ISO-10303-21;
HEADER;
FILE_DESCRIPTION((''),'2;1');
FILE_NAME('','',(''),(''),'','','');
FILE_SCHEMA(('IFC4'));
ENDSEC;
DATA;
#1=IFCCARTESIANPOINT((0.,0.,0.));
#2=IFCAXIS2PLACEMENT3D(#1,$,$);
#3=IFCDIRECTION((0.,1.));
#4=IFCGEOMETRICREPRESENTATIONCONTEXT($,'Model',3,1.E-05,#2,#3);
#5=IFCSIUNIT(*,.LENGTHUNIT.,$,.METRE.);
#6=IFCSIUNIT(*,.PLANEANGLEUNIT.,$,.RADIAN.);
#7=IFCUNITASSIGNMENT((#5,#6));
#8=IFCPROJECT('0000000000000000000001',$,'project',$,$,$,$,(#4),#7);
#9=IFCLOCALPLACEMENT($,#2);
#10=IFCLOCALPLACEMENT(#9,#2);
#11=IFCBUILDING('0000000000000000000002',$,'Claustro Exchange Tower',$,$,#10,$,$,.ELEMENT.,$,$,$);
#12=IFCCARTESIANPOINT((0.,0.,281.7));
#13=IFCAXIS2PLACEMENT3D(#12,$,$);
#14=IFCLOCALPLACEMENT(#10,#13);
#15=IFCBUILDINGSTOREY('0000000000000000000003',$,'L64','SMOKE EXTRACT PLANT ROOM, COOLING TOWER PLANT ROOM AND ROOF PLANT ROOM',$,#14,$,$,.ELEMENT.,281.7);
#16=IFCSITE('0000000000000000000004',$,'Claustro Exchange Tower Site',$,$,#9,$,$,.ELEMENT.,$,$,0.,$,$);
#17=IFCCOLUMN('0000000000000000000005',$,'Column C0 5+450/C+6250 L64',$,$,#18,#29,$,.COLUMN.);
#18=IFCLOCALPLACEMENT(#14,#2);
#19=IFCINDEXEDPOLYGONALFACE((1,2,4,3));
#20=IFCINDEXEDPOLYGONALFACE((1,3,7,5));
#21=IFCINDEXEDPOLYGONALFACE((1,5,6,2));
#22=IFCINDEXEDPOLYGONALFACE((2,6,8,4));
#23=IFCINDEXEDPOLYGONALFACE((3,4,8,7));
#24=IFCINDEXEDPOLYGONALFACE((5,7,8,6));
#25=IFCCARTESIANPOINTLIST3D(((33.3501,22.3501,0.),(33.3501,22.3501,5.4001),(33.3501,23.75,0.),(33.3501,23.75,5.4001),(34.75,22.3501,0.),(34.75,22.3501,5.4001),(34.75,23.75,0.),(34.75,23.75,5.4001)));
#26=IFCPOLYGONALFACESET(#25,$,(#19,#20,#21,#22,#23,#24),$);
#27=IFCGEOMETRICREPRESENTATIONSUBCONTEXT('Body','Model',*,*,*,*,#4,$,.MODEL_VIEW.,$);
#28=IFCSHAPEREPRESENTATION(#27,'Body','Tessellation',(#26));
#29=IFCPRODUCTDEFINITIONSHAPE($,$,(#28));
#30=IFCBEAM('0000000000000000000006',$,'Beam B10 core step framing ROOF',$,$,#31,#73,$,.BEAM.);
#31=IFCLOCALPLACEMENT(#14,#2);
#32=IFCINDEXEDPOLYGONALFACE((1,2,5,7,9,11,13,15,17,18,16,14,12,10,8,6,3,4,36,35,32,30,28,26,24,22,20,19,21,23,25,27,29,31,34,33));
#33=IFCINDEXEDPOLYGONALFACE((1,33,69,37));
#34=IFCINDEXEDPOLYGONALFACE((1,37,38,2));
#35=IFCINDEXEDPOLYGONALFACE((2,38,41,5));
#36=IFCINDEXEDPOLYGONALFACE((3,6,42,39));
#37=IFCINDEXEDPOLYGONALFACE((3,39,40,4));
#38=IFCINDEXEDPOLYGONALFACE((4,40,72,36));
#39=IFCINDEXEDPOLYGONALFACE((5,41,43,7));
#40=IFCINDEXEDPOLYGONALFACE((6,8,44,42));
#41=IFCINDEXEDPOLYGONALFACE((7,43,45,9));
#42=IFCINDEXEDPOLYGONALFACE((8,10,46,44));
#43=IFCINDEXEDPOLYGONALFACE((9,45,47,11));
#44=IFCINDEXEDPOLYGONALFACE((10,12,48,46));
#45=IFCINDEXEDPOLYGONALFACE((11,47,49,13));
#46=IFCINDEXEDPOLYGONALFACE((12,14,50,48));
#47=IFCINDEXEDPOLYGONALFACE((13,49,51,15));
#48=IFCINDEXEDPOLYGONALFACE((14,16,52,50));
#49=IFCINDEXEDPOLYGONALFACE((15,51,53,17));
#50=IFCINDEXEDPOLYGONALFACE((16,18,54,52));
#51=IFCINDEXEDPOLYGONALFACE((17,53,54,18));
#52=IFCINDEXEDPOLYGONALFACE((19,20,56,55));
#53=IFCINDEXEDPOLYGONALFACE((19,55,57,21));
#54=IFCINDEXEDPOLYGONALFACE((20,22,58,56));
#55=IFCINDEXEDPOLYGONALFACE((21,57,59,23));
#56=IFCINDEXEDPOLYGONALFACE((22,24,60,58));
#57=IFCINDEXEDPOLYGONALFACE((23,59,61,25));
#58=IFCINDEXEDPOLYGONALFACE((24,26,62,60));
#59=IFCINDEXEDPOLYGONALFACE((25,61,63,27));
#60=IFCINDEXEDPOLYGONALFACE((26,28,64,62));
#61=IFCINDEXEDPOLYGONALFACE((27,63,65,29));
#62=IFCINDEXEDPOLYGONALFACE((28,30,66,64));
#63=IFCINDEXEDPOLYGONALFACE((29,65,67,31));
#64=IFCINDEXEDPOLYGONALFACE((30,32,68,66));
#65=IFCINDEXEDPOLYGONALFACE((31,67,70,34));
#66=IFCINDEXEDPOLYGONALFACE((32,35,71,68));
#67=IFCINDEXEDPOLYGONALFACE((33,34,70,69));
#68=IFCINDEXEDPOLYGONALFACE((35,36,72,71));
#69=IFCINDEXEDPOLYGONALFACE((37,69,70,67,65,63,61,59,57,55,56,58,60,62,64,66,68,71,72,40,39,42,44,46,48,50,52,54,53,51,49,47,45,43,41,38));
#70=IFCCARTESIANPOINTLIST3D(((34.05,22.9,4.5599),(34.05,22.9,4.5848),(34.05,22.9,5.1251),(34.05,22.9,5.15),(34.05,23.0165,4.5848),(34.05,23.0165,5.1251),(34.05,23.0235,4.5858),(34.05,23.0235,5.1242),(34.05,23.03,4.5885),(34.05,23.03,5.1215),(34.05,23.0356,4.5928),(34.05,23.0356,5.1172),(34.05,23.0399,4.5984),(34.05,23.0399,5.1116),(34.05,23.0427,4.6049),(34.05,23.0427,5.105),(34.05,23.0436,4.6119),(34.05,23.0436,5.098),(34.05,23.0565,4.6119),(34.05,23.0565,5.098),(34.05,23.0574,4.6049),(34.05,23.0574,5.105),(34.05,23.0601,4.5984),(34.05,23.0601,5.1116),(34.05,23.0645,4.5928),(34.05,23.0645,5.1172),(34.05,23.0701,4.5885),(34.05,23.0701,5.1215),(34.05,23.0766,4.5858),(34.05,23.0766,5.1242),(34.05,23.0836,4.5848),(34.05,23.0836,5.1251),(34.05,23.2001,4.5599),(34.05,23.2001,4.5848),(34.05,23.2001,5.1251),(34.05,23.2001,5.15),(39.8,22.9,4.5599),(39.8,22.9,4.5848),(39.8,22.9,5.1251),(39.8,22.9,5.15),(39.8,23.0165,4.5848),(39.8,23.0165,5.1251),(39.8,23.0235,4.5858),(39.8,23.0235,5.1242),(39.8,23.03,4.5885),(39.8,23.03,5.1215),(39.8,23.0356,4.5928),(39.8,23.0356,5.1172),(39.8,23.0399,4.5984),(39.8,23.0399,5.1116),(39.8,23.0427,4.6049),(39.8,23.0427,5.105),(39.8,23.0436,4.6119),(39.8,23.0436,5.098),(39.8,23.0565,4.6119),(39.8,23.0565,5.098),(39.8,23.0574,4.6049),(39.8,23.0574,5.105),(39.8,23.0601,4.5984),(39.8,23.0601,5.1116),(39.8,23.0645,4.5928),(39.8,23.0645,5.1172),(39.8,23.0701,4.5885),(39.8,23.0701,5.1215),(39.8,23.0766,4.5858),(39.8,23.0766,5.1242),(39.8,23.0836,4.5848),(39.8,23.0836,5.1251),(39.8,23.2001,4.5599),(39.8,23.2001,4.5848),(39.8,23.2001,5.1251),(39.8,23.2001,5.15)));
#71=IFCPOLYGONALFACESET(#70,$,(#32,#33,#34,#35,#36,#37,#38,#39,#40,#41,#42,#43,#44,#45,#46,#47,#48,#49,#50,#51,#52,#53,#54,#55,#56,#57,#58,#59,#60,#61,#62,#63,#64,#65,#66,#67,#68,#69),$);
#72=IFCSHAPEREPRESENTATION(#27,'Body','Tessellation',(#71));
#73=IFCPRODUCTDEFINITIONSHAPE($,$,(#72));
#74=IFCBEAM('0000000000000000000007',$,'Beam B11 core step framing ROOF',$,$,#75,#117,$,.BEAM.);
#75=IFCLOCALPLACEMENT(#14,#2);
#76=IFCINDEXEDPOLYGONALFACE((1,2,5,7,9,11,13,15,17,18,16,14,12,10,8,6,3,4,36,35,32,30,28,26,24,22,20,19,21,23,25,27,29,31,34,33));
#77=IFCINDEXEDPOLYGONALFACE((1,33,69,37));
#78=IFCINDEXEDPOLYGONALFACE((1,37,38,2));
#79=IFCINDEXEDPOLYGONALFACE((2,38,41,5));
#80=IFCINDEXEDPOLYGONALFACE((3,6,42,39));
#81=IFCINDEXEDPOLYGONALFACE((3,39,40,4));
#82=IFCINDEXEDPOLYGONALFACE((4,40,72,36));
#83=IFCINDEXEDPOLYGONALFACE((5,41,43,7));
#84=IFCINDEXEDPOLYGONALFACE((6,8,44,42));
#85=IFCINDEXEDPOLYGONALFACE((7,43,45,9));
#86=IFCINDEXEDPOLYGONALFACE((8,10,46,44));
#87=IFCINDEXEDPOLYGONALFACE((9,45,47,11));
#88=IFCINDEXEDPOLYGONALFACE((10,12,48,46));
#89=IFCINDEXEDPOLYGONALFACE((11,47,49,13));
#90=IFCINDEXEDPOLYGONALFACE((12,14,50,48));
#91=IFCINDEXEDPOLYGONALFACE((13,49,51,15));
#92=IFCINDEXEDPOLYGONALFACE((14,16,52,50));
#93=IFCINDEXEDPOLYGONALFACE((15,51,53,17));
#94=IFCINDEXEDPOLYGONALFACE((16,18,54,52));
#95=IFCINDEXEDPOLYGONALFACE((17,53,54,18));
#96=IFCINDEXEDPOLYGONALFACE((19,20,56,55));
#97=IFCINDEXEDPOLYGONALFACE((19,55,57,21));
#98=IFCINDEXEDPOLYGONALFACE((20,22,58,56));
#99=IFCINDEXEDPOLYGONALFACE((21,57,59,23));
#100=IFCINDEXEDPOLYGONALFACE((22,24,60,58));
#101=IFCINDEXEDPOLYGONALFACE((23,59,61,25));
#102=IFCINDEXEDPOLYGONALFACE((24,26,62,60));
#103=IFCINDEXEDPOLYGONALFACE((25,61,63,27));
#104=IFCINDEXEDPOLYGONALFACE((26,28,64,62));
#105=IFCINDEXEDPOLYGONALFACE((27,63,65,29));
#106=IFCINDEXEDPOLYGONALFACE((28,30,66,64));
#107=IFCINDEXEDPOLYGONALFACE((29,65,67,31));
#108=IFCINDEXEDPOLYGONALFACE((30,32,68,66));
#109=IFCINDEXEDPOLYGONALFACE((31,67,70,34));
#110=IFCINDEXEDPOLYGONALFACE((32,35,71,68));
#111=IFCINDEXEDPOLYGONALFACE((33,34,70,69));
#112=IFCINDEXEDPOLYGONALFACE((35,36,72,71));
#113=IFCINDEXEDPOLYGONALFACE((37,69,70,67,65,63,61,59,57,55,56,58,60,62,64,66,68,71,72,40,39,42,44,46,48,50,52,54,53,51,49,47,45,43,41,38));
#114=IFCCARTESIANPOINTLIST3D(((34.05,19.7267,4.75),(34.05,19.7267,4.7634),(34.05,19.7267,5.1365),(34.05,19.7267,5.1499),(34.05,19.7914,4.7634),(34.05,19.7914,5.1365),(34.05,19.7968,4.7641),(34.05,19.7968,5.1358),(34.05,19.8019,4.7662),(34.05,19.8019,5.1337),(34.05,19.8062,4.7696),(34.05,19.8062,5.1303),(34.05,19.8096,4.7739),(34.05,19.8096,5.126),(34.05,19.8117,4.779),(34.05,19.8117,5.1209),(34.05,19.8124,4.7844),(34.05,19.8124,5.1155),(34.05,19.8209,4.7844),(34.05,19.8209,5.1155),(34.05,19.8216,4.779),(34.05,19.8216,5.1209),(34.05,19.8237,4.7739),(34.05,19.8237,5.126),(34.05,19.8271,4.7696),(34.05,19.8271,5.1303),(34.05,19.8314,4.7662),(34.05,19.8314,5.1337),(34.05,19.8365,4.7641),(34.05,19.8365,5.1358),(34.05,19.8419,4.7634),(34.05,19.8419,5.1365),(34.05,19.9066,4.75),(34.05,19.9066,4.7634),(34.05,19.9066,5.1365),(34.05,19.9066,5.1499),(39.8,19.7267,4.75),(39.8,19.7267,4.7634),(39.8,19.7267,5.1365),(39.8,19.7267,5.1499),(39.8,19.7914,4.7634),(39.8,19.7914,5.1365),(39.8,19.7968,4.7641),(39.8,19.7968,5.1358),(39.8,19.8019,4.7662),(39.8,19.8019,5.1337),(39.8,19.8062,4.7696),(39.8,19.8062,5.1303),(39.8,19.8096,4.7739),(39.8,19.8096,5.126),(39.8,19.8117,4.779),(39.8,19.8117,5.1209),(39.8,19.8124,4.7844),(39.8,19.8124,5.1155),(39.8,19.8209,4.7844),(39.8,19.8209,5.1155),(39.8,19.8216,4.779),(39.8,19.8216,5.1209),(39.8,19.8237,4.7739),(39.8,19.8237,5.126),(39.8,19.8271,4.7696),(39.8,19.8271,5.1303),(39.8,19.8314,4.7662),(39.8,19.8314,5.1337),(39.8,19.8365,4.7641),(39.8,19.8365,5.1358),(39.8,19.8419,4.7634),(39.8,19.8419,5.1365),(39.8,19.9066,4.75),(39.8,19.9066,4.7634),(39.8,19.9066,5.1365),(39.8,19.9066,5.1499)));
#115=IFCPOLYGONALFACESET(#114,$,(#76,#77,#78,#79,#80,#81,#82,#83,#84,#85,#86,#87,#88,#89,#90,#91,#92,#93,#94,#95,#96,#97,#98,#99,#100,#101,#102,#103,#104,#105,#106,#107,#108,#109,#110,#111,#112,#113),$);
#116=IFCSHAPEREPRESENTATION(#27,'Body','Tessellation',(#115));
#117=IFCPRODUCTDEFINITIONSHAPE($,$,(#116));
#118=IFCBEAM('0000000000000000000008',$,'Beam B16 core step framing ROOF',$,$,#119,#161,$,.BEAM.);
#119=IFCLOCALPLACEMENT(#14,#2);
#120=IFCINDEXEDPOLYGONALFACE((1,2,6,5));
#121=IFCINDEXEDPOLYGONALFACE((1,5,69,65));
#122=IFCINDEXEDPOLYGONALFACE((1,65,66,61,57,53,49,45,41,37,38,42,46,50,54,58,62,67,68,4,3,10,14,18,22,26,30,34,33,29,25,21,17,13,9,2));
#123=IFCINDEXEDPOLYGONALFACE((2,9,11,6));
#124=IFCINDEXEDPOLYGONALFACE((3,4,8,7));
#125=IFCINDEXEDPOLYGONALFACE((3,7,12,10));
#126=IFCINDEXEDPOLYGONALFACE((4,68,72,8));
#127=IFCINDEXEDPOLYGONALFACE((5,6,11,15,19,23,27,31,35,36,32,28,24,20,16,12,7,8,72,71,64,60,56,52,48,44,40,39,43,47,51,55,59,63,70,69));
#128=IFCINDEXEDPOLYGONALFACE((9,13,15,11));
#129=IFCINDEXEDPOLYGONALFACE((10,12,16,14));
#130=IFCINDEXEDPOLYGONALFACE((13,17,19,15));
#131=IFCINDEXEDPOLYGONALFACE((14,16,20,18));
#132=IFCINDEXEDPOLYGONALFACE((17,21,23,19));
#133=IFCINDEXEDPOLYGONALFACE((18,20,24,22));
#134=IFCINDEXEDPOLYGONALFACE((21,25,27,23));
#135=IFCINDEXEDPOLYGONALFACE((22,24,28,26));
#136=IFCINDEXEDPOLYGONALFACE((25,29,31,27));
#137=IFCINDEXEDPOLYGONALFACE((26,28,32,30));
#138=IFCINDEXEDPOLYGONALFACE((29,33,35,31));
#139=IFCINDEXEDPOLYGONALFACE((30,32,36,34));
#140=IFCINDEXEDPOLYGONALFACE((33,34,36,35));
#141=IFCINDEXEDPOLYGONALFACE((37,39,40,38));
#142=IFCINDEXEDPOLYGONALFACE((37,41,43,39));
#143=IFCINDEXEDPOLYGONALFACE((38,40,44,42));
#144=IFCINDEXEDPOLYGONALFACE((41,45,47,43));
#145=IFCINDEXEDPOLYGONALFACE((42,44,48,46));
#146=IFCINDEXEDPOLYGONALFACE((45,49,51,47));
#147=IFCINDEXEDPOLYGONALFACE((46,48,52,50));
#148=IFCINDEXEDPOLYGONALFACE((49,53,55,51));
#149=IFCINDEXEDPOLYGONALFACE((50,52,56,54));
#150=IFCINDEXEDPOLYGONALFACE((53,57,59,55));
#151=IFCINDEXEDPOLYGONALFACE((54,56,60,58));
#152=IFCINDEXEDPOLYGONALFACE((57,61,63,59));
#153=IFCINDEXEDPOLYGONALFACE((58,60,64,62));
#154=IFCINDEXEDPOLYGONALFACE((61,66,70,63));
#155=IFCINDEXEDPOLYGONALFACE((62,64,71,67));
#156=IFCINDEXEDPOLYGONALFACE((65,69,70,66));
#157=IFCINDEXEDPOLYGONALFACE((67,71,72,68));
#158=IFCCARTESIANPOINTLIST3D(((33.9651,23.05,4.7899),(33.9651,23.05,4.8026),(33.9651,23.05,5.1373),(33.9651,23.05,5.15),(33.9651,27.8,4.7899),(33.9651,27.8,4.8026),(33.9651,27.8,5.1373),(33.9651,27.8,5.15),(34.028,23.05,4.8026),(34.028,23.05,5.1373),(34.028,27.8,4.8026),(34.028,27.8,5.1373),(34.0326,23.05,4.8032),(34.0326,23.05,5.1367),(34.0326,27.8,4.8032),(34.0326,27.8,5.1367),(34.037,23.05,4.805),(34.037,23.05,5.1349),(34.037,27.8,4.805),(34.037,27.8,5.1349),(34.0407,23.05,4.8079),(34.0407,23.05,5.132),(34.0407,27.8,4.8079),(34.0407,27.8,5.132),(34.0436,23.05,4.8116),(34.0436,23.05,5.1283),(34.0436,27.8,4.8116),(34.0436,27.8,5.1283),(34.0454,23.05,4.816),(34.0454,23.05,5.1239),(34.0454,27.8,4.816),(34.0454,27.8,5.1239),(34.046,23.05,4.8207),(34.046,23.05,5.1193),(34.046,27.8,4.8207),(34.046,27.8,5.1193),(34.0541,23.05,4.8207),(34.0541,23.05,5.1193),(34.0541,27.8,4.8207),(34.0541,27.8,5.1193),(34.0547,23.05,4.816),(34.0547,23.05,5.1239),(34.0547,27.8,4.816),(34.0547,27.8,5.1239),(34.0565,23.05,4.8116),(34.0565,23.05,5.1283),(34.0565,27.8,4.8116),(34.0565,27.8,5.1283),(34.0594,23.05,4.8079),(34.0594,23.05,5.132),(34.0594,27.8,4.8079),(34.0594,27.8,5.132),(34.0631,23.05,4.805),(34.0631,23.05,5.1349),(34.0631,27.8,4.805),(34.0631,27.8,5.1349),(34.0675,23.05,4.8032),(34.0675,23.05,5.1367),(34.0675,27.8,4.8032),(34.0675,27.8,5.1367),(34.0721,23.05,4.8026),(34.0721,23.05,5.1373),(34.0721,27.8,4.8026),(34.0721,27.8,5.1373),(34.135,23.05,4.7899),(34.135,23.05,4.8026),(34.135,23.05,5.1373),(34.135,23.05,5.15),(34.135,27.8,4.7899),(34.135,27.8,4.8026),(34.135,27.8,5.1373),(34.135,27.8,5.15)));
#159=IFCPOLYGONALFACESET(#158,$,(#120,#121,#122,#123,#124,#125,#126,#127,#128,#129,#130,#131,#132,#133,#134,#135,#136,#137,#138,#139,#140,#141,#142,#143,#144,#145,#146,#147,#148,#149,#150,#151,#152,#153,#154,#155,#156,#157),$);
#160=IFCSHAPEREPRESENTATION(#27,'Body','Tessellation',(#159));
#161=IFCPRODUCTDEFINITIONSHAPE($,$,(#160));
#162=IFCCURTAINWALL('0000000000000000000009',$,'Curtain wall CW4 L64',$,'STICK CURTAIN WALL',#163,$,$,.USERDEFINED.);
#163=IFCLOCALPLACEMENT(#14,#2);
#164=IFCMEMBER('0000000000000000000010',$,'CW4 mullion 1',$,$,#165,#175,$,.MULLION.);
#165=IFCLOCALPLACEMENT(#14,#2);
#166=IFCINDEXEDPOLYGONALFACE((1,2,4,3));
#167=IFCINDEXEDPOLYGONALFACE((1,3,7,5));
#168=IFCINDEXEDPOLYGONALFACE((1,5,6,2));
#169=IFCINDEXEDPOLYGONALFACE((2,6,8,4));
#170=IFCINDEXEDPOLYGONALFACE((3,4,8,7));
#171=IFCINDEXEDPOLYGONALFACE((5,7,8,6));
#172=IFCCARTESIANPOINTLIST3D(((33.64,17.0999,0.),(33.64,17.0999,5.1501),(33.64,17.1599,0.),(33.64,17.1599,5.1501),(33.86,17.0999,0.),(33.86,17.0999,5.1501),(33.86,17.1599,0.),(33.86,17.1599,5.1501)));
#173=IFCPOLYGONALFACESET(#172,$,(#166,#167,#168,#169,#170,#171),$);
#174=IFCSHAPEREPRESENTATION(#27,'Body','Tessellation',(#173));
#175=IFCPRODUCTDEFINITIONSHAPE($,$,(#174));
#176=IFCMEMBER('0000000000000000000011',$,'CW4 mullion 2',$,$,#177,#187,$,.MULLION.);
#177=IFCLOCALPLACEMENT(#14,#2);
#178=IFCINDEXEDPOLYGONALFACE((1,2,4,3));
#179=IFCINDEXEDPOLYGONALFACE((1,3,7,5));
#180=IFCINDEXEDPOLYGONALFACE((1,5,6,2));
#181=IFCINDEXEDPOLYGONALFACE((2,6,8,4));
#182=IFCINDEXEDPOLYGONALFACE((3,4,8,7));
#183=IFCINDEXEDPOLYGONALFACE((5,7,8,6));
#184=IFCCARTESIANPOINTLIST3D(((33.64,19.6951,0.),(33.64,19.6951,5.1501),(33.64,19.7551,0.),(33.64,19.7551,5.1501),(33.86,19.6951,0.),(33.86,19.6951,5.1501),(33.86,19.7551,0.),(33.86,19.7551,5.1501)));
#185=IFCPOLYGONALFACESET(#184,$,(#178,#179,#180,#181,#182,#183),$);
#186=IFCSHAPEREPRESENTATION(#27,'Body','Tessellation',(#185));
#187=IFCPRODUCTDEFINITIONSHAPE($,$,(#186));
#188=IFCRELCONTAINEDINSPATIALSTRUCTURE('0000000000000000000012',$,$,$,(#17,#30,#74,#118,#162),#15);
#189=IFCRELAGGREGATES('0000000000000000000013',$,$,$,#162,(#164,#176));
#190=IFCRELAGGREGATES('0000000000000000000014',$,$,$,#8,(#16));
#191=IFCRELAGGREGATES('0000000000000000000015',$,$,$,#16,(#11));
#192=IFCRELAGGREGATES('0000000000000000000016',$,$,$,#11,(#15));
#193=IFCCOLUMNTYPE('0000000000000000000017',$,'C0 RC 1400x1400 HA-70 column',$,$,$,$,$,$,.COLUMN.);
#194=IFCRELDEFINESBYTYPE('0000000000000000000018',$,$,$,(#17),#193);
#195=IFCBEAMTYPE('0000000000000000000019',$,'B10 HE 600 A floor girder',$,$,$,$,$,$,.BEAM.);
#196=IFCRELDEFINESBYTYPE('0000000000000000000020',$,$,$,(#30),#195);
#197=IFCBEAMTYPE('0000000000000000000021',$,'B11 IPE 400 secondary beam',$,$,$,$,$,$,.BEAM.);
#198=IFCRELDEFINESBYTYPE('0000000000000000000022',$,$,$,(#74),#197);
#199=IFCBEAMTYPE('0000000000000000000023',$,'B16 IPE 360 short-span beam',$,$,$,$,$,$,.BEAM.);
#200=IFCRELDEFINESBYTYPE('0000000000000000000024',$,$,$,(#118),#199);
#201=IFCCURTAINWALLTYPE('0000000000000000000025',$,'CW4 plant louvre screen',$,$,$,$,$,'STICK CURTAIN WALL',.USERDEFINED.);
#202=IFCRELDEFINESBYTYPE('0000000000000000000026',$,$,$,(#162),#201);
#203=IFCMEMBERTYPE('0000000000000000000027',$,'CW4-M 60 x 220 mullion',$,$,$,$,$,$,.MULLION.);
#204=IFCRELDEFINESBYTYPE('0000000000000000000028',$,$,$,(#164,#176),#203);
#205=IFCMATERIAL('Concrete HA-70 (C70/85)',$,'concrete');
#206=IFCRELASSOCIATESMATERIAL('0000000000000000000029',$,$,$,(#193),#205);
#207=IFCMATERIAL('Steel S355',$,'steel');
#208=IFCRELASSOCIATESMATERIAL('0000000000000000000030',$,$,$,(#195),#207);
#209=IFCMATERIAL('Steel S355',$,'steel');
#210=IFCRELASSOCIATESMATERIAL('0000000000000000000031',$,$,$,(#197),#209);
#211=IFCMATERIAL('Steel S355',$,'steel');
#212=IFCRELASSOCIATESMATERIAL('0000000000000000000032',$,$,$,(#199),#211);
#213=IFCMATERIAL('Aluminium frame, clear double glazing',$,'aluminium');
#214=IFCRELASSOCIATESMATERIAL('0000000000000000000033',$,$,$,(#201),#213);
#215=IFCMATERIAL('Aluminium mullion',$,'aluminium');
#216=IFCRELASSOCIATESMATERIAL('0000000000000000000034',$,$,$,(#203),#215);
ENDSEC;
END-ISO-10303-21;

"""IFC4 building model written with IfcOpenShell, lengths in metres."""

from ifc_helpers import new_model, si_unit, direction, frame, origin, origin_2d, place, context, subcontext, project, spatial, rectangle, i_section, extrude, material, material_profile, profile_set, type_object, element, aggregate, save


model = new_model("IFC4")

# Units and contexts
model_context = context("Model", 3, precision=1e-05, world=origin(), true_north=direction((0.0, 1.0)))
body_context = subcontext(model_context, "Body", "Model", "MODEL_VIEW")
ifc_project = project(units=[si_unit("LENGTHUNIT", "METRE"), si_unit("PLANEANGLEUNIT", "RADIAN")], contexts=[model_context])

# Site, building, storey
site_placement = place(None, origin())
site = spatial("IfcSite", under=ifc_project, at=site_placement, Name="Claustro Exchange Tower Site", CompositionType="ELEMENT", RefElevation=0.0)
building_placement = place(site_placement, origin())
building = spatial("IfcBuilding", under=site, at=building_placement, Name="Claustro Exchange Tower", CompositionType="ELEMENT")
storey_placement = place(building_placement, frame((0.0, 0.0, 281.7)))
storey = spatial("IfcBuildingStorey", under=building, at=storey_placement, Name="L64", Description="SMOKE EXTRACT PLANT ROOM, COOLING TOWER PLANT ROOM AND ROOF PLANT ROOM", CompositionType="ELEMENT", Elevation=281.7)

# Column
ifc_material_1 = material(Name="Concrete HA-70 (C70/85)", Category="concrete")
ifc_material_profile_1 = material_profile(ifc_material_1, rectangle(XDim=1.3999, YDim=1.3999, at=origin_2d()), Name="RC 1400x1400")
ifc_profile_set_1 = profile_set([ifc_material_profile_1], Name="Concrete HA-70 (C70/85)")
column_type = type_object("IfcColumnType", Name="C0 RC 1400x1400 HA-70 column", PredefinedType="COLUMN", material=ifc_profile_set_1)
column_placement = place(storey_placement, frame((34.05, 23.05, 0.0), z_axis=(0.0, 0.0, 1.0), x_axis=(1.0, 0.0, 0.0)))
element("IfcColumn", 1, at=column_placement, inside=storey, type_object=column_type, Name="Column C0 5+450/C+6250 L64", PredefinedType="COLUMN", context=body_context, shape_type="SweptSolid", body=[
    extrude(rectangle(XDim=1.3999, YDim=1.3999, at=origin_2d()), origin(), (0.0, 0.0, 1.0), 5.4001),
])

# Beams
ifc_material_2 = material(Name="Steel S355", Category="steel")
ifc_material_profile_2 = material_profile(ifc_material_2, i_section(OverallWidth=0.3, OverallDepth=0.5901, WebThickness=0.0129, FlangeThickness=0.0249, FilletRadius=0.0271, at=origin_2d()), Name="HE 600 A")
ifc_profile_set_2 = profile_set([ifc_material_profile_2], Name="Steel S355")
beam_type_1 = type_object("IfcBeamType", Name="B10 HE 600 A floor girder", PredefinedType="BEAM", material=ifc_profile_set_2)
beam_1_placement = place(storey_placement, frame((34.05, 23.05, 4.855), z_axis=(1.0, 0.0, 0.0), x_axis=(0.0, 1.0, 0.0)))
element("IfcBeam", 2, at=beam_1_placement, inside=storey, type_object=beam_type_1, Name="Beam B10 core step framing ROOF", PredefinedType="BEAM", context=body_context, shape_type="SweptSolid", body=[
    extrude(i_section(OverallWidth=0.3, OverallDepth=0.5901, WebThickness=0.0129, FlangeThickness=0.0249, FilletRadius=0.0271, at=origin_2d()), origin(), (0.0, 0.0, 1.0), 5.75),
])
ifc_material_3 = material(Name="Steel S355", Category="steel")
ifc_material_profile_3 = material_profile(ifc_material_3, i_section(OverallWidth=0.1799, OverallDepth=0.3999, WebThickness=0.0085, FlangeThickness=0.0134, FilletRadius=0.021, at=origin_2d()), Name="IPE 400")
ifc_profile_set_3 = profile_set([ifc_material_profile_3], Name="Steel S355")
beam_type_2 = type_object("IfcBeamType", Name="B11 IPE 400 secondary beam", PredefinedType="BEAM", material=ifc_profile_set_3)
beam_2_placement = place(storey_placement, frame((34.05, 19.8167, 4.95), z_axis=(1.0, 0.0, 0.0), x_axis=(0.0, 1.0, 0.0)))
element("IfcBeam", 3, at=beam_2_placement, inside=storey, type_object=beam_type_2, Name="Beam B11 core step framing ROOF", PredefinedType="BEAM", context=body_context, shape_type="SweptSolid", body=[
    extrude(i_section(OverallWidth=0.1799, OverallDepth=0.3999, WebThickness=0.0085, FlangeThickness=0.0134, FilletRadius=0.021, at=origin_2d()), origin(), (0.0, 0.0, 1.0), 5.75),
])
ifc_material_4 = material(Name="Steel S355", Category="steel")
ifc_material_profile_4 = material_profile(ifc_material_4, i_section(OverallWidth=0.1699, OverallDepth=0.3601, WebThickness=0.0081, FlangeThickness=0.0127, FilletRadius=0.0181, at=origin_2d()), Name="IPE 360")
ifc_profile_set_4 = profile_set([ifc_material_profile_4], Name="Steel S355")
beam_type_3 = type_object("IfcBeamType", Name="B16 IPE 360 short-span beam", PredefinedType="BEAM", material=ifc_profile_set_4)
beam_3_placement = place(storey_placement, frame((34.05, 23.05, 4.97), z_axis=(0.0, 1.0, 0.0), x_axis=(-1.0, 0.0, 0.0)))
element("IfcBeam", 4, at=beam_3_placement, inside=storey, type_object=beam_type_3, Name="Beam B16 core step framing ROOF", PredefinedType="BEAM", context=body_context, shape_type="SweptSolid", body=[
    extrude(i_section(OverallWidth=0.1699, OverallDepth=0.3601, WebThickness=0.0081, FlangeThickness=0.0127, FilletRadius=0.0181, at=origin_2d()), origin(), (0.0, 0.0, 1.0), 4.75),
])

# Curtain wall, members
ifc_material_5 = material(Name="Aluminium frame, clear double glazing", Category="aluminium")
curtain_wall_type = type_object("IfcCurtainWallType", Name="CW4 plant louvre screen", ElementType="STICK CURTAIN WALL", PredefinedType="USERDEFINED", material=ifc_material_5)
curtain_wall_placement = place(storey_placement, origin())
curtain_wall = element("IfcCurtainWall", 5, at=curtain_wall_placement, inside=storey, type_object=curtain_wall_type, Name="Curtain wall CW4 L64", ObjectType="STICK CURTAIN WALL", PredefinedType="USERDEFINED")
ifc_material_6 = material(Name="Aluminium mullion", Category="aluminium")
ifc_material_profile_5 = material_profile(ifc_material_6, rectangle(XDim=0.22, YDim=0.0601, at=origin_2d()), Name="CW4-M 60x220")
ifc_profile_set_5 = profile_set([ifc_material_profile_5], Name="Aluminium mullion")
member_type_1 = type_object("IfcMemberType", Name="CW4-M 60 x 220 mullion", PredefinedType="MULLION", material=ifc_profile_set_5)
member_1_placement = place(storey_placement, frame((33.75, 17.1299, 0.0), z_axis=(0.0, 0.0, 1.0), x_axis=(-1.0, 0.0, 0.0)))
member_1 = element("IfcMember", 6, at=member_1_placement, type_object=member_type_1, Name="CW4 mullion 1", PredefinedType="MULLION", context=body_context, shape_type="SweptSolid", body=[
    extrude(rectangle(XDim=0.22, YDim=0.0601, at=origin_2d()), origin(), (0.0, 0.0, 1.0), 5.1501),
])
member_2_placement = place(storey_placement, frame((33.75, 19.7251, 0.0), z_axis=(0.0, 0.0, 1.0), x_axis=(-1.0, 0.0, 0.0)))
member_2 = element("IfcMember", 7, at=member_2_placement, type_object=member_type_1, Name="CW4 mullion 2", PredefinedType="MULLION", context=body_context, shape_type="SweptSolid", body=[
    extrude(rectangle(XDim=0.22, YDim=0.0601, at=origin_2d()), origin(), (0.0, 0.0, 1.0), 5.1501),
])
aggregate(curtain_wall, [member_1, member_2])

save(model, "model.ifc")
